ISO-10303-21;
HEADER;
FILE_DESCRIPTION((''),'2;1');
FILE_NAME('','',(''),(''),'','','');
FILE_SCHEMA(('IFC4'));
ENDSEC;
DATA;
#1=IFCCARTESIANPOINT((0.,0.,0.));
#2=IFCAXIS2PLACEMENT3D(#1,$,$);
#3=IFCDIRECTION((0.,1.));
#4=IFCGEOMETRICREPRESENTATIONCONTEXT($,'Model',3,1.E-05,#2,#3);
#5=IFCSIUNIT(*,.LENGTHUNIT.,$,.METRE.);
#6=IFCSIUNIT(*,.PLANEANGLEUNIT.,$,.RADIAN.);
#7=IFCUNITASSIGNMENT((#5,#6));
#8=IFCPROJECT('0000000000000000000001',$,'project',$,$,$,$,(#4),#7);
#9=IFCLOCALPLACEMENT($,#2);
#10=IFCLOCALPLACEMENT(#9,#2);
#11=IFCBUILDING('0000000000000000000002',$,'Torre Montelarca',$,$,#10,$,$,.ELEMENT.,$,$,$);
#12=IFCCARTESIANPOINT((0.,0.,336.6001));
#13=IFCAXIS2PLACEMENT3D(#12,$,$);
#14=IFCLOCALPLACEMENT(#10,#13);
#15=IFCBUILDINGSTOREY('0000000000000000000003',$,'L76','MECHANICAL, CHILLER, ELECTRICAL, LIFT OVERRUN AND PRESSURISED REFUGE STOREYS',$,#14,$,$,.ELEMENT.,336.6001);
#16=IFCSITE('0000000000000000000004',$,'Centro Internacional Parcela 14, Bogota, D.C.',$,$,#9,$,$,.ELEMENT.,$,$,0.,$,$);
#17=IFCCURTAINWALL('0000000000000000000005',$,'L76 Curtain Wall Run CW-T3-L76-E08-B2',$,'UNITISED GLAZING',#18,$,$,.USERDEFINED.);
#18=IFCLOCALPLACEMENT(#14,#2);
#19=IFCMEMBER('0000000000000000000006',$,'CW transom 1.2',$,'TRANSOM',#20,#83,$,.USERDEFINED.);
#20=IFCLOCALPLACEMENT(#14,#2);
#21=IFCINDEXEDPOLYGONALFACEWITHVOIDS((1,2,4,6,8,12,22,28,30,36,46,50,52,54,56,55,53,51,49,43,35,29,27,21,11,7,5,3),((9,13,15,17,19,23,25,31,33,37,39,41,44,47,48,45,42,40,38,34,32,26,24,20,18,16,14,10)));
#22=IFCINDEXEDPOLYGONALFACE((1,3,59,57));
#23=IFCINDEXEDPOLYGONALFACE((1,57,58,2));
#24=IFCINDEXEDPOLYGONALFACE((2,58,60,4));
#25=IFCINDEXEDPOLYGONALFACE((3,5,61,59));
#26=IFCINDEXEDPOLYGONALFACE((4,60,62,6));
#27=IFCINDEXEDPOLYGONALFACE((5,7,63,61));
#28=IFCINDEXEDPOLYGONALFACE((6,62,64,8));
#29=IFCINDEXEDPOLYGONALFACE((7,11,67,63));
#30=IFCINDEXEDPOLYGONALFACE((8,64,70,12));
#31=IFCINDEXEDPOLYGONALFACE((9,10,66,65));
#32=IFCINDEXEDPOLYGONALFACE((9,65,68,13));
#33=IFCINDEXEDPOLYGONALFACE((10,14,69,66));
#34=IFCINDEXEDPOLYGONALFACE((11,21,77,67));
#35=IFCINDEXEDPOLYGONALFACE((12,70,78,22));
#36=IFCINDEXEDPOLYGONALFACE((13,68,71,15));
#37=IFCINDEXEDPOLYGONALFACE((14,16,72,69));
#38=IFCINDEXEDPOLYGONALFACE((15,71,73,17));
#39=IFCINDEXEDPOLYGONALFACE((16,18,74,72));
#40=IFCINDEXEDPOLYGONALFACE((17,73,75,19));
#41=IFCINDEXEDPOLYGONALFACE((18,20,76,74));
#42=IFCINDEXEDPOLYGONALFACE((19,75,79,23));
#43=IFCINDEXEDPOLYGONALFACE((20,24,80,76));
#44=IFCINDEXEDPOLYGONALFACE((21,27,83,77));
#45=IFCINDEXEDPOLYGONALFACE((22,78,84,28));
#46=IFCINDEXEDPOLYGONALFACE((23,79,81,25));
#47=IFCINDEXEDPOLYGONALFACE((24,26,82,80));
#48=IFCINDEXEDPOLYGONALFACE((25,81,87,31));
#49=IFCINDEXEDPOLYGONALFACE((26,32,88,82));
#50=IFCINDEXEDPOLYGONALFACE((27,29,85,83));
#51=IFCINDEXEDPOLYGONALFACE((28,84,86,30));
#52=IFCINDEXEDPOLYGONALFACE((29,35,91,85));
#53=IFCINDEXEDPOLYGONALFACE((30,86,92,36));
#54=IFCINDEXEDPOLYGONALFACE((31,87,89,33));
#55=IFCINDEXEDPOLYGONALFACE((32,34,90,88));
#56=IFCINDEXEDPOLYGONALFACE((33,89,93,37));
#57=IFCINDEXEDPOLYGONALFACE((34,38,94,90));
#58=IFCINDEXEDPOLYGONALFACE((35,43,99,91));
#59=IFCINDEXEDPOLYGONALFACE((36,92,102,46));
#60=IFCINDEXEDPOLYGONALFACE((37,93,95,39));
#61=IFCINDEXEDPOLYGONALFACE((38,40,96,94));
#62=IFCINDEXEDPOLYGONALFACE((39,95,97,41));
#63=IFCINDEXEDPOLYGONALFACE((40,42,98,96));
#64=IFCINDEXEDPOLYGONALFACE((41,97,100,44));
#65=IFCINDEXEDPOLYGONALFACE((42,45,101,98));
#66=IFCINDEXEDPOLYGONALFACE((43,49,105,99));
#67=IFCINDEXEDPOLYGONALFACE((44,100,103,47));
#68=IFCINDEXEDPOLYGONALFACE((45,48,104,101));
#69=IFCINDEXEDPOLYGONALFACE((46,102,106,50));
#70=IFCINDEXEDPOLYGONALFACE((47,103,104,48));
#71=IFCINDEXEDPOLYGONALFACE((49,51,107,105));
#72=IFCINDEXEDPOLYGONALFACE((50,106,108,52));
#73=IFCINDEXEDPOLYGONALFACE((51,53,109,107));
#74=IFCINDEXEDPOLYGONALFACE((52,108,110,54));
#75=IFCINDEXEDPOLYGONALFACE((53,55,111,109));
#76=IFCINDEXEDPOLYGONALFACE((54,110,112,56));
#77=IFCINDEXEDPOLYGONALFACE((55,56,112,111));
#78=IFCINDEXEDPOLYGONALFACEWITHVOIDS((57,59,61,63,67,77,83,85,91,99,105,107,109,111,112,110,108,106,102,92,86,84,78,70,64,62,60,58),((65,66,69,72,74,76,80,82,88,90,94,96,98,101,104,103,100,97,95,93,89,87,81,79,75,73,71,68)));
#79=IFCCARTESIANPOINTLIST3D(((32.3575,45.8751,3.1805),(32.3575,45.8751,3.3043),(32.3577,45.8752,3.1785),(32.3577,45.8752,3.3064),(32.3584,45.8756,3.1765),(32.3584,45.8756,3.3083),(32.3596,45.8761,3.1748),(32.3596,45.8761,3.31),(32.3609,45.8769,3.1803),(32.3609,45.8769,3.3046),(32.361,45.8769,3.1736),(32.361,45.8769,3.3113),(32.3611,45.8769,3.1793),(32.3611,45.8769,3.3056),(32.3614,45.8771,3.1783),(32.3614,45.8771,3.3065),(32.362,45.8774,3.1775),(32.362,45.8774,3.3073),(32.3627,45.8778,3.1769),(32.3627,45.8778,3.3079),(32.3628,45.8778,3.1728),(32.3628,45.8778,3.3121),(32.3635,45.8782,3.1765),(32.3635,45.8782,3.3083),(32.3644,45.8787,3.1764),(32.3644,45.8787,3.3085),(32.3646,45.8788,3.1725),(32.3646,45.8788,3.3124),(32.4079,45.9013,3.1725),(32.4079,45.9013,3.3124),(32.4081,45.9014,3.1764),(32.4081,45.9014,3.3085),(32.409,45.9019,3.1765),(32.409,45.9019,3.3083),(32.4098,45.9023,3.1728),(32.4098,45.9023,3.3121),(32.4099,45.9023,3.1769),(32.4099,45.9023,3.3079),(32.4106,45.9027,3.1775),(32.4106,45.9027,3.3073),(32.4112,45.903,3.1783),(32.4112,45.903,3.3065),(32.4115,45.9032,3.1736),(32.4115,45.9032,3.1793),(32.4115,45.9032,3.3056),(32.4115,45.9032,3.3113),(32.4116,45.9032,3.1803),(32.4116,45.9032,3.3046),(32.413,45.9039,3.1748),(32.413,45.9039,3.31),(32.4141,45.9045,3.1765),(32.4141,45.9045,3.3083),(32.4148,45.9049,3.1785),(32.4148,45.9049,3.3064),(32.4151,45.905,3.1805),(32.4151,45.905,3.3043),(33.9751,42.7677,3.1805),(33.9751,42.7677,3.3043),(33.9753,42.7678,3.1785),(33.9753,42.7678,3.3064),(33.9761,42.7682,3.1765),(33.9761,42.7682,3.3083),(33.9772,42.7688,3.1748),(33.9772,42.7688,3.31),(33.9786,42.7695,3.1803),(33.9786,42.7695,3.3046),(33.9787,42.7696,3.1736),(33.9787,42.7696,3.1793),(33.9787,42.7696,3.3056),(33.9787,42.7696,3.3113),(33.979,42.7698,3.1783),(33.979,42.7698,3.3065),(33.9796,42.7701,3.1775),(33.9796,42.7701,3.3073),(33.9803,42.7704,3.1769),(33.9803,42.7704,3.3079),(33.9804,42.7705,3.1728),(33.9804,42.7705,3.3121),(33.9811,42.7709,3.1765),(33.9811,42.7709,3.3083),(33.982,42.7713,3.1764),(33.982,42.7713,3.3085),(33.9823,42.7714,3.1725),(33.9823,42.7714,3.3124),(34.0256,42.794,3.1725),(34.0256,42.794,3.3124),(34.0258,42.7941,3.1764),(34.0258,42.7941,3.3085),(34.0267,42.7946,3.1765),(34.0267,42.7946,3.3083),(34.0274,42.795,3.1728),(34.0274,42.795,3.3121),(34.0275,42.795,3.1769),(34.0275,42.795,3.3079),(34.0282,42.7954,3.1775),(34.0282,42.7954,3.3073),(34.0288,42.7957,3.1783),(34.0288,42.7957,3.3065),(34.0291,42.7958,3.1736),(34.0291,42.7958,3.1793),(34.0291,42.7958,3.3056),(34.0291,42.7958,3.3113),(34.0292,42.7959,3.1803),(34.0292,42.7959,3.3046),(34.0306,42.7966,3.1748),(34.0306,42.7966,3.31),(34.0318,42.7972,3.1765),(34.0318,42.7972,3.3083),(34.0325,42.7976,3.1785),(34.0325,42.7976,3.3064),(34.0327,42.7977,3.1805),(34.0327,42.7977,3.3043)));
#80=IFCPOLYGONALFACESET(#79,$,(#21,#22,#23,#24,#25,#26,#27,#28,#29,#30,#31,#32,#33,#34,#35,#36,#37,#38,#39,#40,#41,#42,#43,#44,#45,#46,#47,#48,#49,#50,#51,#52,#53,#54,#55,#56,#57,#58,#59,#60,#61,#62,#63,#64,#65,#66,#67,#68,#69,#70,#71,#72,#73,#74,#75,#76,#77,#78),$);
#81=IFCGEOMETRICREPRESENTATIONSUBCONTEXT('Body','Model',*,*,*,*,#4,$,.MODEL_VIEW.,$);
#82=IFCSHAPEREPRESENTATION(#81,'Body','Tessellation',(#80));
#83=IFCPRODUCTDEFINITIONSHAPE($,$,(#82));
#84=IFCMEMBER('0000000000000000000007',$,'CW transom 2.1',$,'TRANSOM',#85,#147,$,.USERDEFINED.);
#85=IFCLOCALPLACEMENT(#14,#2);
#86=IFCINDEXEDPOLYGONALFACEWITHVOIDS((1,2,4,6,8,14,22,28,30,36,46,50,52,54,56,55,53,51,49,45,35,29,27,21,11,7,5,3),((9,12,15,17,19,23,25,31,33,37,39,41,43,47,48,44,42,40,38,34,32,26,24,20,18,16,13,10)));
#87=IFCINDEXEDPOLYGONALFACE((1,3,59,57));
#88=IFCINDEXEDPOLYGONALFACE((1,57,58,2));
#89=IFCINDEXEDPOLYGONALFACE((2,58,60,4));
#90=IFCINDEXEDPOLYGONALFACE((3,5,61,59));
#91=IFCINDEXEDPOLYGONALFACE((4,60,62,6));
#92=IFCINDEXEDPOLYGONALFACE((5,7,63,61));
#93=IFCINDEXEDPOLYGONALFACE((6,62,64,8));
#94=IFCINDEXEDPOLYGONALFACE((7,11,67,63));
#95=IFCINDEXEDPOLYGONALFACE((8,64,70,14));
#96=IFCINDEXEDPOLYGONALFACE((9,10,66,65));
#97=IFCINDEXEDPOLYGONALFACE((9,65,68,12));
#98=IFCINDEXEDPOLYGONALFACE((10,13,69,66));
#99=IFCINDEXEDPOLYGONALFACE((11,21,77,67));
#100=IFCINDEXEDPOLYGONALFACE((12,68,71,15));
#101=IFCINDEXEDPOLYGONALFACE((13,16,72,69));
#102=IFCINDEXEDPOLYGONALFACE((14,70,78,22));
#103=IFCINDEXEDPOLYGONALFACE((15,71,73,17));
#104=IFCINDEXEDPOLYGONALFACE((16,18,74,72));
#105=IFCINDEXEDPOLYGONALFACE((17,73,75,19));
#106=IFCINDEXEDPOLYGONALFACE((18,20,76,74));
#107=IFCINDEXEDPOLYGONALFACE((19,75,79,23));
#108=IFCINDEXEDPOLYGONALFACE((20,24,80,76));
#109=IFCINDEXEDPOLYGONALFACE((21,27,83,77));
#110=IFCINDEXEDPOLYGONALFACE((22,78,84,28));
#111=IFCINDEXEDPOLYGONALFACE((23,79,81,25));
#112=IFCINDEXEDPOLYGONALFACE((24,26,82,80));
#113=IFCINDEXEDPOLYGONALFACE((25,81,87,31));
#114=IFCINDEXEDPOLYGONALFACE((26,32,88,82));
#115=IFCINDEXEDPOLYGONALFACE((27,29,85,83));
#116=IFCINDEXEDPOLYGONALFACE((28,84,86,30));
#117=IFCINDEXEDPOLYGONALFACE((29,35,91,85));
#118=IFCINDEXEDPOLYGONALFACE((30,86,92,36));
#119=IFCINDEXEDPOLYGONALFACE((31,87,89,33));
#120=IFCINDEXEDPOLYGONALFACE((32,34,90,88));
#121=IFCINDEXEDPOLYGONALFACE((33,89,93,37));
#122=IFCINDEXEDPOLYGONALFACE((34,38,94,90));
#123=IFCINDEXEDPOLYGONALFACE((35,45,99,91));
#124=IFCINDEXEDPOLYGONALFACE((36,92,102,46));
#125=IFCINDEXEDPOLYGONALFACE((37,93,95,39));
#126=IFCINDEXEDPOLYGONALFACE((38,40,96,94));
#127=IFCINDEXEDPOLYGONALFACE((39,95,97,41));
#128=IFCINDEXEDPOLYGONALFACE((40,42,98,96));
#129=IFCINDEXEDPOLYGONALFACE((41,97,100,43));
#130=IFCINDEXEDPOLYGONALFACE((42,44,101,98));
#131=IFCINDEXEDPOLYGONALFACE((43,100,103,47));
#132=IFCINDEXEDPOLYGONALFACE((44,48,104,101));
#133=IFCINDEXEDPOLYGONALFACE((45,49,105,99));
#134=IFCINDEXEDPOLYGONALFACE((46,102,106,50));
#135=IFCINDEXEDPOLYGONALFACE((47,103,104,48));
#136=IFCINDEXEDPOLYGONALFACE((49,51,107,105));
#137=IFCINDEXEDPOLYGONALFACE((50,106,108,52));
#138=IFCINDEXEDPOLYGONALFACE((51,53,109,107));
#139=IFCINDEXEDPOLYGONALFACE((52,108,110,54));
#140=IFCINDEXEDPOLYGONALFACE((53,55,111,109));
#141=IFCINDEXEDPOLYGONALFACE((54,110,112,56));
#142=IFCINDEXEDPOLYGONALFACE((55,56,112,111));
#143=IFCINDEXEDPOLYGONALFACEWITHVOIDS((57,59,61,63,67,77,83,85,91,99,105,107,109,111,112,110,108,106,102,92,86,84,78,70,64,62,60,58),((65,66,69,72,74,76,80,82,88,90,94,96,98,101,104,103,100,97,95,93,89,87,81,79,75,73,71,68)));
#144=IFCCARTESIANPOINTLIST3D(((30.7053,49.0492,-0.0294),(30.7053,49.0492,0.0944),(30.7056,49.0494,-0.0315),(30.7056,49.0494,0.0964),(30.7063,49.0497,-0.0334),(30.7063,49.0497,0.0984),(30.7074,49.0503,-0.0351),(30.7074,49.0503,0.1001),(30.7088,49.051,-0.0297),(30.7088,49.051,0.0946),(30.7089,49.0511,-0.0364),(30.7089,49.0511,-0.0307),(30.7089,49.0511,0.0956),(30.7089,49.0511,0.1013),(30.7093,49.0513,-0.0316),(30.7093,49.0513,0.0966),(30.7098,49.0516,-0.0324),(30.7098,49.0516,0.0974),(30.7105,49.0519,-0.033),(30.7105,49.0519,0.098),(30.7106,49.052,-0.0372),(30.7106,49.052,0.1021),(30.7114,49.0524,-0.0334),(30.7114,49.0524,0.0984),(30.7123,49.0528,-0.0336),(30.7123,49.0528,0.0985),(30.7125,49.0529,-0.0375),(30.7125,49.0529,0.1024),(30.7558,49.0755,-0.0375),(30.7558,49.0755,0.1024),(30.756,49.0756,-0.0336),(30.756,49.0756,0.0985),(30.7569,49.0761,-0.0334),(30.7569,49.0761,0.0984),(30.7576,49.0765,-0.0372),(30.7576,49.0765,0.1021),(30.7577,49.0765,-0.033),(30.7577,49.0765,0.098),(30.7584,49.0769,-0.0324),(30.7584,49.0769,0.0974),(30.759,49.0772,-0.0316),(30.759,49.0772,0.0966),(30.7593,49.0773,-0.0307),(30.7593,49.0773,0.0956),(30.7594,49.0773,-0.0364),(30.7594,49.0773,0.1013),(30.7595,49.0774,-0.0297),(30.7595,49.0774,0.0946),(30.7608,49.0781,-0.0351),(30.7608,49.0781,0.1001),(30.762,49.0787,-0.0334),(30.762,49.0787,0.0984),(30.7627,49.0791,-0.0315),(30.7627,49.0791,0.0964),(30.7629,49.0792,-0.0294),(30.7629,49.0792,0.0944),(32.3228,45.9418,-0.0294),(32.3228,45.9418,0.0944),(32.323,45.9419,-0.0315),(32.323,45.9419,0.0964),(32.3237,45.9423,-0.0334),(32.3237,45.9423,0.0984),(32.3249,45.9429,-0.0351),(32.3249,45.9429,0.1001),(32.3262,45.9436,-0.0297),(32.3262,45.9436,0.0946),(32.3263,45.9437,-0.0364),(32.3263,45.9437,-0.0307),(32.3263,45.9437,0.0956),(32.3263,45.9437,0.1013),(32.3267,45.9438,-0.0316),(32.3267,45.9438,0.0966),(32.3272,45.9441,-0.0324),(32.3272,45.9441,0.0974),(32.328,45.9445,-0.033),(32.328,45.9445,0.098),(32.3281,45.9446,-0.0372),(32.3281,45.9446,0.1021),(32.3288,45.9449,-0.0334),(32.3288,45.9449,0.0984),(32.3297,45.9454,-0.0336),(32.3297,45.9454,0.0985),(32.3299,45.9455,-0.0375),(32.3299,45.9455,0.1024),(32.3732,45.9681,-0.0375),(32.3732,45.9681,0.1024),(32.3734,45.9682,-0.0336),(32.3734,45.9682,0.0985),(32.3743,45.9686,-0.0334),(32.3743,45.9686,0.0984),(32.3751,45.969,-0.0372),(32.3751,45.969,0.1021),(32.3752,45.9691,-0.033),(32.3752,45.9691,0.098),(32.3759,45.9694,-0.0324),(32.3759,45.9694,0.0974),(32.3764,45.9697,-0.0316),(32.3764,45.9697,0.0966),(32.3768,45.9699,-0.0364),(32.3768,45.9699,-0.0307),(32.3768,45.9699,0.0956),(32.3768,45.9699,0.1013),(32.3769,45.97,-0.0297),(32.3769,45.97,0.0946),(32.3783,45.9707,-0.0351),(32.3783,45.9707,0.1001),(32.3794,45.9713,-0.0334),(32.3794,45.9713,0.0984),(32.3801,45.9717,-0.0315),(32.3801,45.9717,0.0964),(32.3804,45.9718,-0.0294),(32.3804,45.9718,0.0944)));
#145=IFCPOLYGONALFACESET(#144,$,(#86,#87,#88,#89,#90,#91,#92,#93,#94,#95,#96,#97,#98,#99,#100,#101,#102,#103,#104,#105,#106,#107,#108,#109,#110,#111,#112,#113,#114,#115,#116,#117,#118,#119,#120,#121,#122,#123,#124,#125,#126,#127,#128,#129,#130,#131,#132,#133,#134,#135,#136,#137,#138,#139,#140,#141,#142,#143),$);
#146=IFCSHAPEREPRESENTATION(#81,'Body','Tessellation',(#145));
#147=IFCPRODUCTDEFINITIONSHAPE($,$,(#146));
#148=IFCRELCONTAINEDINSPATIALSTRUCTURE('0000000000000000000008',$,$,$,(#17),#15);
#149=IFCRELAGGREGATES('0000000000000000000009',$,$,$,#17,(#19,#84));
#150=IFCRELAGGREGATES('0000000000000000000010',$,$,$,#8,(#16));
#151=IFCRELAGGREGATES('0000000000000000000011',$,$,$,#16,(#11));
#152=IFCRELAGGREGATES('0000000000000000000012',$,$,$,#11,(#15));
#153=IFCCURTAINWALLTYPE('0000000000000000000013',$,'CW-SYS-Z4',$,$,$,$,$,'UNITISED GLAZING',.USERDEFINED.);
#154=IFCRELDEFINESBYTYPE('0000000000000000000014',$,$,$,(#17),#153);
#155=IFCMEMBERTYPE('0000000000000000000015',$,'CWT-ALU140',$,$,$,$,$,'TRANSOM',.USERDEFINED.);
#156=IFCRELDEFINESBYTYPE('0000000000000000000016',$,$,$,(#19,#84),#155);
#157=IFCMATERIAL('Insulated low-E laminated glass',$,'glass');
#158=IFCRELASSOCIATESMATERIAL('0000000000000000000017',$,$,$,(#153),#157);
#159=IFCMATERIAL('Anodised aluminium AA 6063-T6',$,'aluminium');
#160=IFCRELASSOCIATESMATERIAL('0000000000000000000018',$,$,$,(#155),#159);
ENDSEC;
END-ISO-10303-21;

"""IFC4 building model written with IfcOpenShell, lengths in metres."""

from ifc_helpers import new_model, si_unit, direction, frame, origin, origin_2d, place, context, subcontext, project, spatial, hollow_rectangle, extrude, source, transform, mapped, material, material_profile, profile_set, type_object, element, aggregate, save


model = new_model("IFC4")

# Units and contexts
model_context = context("Model", 3, precision=1e-05, world=origin(), true_north=direction((0.0, 1.0)))
body_context = subcontext(model_context, "Body", "Model", "MODEL_VIEW")
ifc_project = project(units=[si_unit("LENGTHUNIT", "METRE"), si_unit("PLANEANGLEUNIT", "RADIAN")], contexts=[model_context])

# Site, building, storey
site_placement = place(None, origin())
site = spatial("IfcSite", under=ifc_project, at=site_placement, Name="Centro Internacional Parcela 14, Bogota, D.C.", CompositionType="ELEMENT", RefElevation=0.0)
building_placement = place(site_placement, origin())
building = spatial("IfcBuilding", under=site, at=building_placement, Name="Torre Montelarca", CompositionType="ELEMENT")
storey_placement = place(building_placement, frame((0.0, 0.0, 336.6001)))
storey = spatial("IfcBuildingStorey", under=building, at=storey_placement, Name="L76", Description="MECHANICAL, CHILLER, ELECTRICAL, LIFT OVERRUN AND PRESSURISED REFUGE STOREYS", CompositionType="ELEMENT", Elevation=336.6001)

# Curtain wall, members
ifc_material_1 = material(Name="Insulated low-E laminated glass", Category="glass")
curtain_wall_type = type_object("IfcCurtainWallType", Name="CW-SYS-Z4", ElementType="UNITISED GLAZING", PredefinedType="USERDEFINED", material=ifc_material_1)
ifc_material_2 = material(Name="Anodised aluminium AA 6063-T6", Category="aluminium")
ifc_material_profile_1 = material_profile(ifc_material_2, hollow_rectangle(XDim=0.0649, YDim=0.1399, WallThickness=0.0039, InnerFilletRadius=0.0039, OuterFilletRadius=0.0081, at=origin_2d()), Name="ALU65X140X4", Category="aluminium")
ifc_profile_set_1 = profile_set([ifc_material_profile_1], Name="Anodised aluminium AA 6063-T6")
member_type_1 = type_object("IfcMemberType", Name="CWT-ALU140", ElementType="TRANSOM", PredefinedType="USERDEFINED", material=ifc_profile_set_1)
curtain_wall_1_placement = place(storey_placement, origin())
curtain_wall_1 = element("IfcCurtainWall", 1, at=curtain_wall_1_placement, inside=storey, type_object=curtain_wall_type, Name="L76 Curtain Wall Run CW-T3-L76-E08-B2", ObjectType="UNITISED GLAZING", PredefinedType="USERDEFINED")
shared_shape_1 = source(origin(), body_context, "Body", "SweptSolid", [
    extrude(hollow_rectangle(XDim=0.0649, YDim=0.1399, WallThickness=0.0039, InnerFilletRadius=0.0039, OuterFilletRadius=0.0081, at=origin_2d()), origin(), (0.0, 0.0, 1.0), 3.5032),
])
member_1_placement = place(storey_placement, frame((34.0039, 42.7827, 3.2424), z_axis=(-0.461761, 0.887004, 0.0), x_axis=(-0.887004, -0.461761, 0.0)))
member_1 = element("IfcMember", 2, at=member_1_placement, type_object=member_type_1, Name="CW transom 1.2", ObjectType="TRANSOM", PredefinedType="USERDEFINED", context=body_context, shape_type="MappedRepresentation", body=[
    mapped(shared_shape_1, transform((0.0, 0.0, 0.0), scale=1.0)),
])
member_2_placement = place(storey_placement, frame((32.3516, 45.9568, 0.0325), z_axis=(-0.461706, 0.887033, 0.0), x_axis=(-0.887033, -0.461706, 0.0)))
member_2 = element("IfcMember", 3, at=member_2_placement, type_object=member_type_1, Name="CW transom 2.1", ObjectType="TRANSOM", PredefinedType="USERDEFINED", context=body_context, shape_type="MappedRepresentation", body=[
    mapped(shared_shape_1, transform((0.0, 0.0, 0.0), scale=1.0)),
])

aggregate(curtain_wall_1, [member_1, member_2])

save(model, "model.ifc")
